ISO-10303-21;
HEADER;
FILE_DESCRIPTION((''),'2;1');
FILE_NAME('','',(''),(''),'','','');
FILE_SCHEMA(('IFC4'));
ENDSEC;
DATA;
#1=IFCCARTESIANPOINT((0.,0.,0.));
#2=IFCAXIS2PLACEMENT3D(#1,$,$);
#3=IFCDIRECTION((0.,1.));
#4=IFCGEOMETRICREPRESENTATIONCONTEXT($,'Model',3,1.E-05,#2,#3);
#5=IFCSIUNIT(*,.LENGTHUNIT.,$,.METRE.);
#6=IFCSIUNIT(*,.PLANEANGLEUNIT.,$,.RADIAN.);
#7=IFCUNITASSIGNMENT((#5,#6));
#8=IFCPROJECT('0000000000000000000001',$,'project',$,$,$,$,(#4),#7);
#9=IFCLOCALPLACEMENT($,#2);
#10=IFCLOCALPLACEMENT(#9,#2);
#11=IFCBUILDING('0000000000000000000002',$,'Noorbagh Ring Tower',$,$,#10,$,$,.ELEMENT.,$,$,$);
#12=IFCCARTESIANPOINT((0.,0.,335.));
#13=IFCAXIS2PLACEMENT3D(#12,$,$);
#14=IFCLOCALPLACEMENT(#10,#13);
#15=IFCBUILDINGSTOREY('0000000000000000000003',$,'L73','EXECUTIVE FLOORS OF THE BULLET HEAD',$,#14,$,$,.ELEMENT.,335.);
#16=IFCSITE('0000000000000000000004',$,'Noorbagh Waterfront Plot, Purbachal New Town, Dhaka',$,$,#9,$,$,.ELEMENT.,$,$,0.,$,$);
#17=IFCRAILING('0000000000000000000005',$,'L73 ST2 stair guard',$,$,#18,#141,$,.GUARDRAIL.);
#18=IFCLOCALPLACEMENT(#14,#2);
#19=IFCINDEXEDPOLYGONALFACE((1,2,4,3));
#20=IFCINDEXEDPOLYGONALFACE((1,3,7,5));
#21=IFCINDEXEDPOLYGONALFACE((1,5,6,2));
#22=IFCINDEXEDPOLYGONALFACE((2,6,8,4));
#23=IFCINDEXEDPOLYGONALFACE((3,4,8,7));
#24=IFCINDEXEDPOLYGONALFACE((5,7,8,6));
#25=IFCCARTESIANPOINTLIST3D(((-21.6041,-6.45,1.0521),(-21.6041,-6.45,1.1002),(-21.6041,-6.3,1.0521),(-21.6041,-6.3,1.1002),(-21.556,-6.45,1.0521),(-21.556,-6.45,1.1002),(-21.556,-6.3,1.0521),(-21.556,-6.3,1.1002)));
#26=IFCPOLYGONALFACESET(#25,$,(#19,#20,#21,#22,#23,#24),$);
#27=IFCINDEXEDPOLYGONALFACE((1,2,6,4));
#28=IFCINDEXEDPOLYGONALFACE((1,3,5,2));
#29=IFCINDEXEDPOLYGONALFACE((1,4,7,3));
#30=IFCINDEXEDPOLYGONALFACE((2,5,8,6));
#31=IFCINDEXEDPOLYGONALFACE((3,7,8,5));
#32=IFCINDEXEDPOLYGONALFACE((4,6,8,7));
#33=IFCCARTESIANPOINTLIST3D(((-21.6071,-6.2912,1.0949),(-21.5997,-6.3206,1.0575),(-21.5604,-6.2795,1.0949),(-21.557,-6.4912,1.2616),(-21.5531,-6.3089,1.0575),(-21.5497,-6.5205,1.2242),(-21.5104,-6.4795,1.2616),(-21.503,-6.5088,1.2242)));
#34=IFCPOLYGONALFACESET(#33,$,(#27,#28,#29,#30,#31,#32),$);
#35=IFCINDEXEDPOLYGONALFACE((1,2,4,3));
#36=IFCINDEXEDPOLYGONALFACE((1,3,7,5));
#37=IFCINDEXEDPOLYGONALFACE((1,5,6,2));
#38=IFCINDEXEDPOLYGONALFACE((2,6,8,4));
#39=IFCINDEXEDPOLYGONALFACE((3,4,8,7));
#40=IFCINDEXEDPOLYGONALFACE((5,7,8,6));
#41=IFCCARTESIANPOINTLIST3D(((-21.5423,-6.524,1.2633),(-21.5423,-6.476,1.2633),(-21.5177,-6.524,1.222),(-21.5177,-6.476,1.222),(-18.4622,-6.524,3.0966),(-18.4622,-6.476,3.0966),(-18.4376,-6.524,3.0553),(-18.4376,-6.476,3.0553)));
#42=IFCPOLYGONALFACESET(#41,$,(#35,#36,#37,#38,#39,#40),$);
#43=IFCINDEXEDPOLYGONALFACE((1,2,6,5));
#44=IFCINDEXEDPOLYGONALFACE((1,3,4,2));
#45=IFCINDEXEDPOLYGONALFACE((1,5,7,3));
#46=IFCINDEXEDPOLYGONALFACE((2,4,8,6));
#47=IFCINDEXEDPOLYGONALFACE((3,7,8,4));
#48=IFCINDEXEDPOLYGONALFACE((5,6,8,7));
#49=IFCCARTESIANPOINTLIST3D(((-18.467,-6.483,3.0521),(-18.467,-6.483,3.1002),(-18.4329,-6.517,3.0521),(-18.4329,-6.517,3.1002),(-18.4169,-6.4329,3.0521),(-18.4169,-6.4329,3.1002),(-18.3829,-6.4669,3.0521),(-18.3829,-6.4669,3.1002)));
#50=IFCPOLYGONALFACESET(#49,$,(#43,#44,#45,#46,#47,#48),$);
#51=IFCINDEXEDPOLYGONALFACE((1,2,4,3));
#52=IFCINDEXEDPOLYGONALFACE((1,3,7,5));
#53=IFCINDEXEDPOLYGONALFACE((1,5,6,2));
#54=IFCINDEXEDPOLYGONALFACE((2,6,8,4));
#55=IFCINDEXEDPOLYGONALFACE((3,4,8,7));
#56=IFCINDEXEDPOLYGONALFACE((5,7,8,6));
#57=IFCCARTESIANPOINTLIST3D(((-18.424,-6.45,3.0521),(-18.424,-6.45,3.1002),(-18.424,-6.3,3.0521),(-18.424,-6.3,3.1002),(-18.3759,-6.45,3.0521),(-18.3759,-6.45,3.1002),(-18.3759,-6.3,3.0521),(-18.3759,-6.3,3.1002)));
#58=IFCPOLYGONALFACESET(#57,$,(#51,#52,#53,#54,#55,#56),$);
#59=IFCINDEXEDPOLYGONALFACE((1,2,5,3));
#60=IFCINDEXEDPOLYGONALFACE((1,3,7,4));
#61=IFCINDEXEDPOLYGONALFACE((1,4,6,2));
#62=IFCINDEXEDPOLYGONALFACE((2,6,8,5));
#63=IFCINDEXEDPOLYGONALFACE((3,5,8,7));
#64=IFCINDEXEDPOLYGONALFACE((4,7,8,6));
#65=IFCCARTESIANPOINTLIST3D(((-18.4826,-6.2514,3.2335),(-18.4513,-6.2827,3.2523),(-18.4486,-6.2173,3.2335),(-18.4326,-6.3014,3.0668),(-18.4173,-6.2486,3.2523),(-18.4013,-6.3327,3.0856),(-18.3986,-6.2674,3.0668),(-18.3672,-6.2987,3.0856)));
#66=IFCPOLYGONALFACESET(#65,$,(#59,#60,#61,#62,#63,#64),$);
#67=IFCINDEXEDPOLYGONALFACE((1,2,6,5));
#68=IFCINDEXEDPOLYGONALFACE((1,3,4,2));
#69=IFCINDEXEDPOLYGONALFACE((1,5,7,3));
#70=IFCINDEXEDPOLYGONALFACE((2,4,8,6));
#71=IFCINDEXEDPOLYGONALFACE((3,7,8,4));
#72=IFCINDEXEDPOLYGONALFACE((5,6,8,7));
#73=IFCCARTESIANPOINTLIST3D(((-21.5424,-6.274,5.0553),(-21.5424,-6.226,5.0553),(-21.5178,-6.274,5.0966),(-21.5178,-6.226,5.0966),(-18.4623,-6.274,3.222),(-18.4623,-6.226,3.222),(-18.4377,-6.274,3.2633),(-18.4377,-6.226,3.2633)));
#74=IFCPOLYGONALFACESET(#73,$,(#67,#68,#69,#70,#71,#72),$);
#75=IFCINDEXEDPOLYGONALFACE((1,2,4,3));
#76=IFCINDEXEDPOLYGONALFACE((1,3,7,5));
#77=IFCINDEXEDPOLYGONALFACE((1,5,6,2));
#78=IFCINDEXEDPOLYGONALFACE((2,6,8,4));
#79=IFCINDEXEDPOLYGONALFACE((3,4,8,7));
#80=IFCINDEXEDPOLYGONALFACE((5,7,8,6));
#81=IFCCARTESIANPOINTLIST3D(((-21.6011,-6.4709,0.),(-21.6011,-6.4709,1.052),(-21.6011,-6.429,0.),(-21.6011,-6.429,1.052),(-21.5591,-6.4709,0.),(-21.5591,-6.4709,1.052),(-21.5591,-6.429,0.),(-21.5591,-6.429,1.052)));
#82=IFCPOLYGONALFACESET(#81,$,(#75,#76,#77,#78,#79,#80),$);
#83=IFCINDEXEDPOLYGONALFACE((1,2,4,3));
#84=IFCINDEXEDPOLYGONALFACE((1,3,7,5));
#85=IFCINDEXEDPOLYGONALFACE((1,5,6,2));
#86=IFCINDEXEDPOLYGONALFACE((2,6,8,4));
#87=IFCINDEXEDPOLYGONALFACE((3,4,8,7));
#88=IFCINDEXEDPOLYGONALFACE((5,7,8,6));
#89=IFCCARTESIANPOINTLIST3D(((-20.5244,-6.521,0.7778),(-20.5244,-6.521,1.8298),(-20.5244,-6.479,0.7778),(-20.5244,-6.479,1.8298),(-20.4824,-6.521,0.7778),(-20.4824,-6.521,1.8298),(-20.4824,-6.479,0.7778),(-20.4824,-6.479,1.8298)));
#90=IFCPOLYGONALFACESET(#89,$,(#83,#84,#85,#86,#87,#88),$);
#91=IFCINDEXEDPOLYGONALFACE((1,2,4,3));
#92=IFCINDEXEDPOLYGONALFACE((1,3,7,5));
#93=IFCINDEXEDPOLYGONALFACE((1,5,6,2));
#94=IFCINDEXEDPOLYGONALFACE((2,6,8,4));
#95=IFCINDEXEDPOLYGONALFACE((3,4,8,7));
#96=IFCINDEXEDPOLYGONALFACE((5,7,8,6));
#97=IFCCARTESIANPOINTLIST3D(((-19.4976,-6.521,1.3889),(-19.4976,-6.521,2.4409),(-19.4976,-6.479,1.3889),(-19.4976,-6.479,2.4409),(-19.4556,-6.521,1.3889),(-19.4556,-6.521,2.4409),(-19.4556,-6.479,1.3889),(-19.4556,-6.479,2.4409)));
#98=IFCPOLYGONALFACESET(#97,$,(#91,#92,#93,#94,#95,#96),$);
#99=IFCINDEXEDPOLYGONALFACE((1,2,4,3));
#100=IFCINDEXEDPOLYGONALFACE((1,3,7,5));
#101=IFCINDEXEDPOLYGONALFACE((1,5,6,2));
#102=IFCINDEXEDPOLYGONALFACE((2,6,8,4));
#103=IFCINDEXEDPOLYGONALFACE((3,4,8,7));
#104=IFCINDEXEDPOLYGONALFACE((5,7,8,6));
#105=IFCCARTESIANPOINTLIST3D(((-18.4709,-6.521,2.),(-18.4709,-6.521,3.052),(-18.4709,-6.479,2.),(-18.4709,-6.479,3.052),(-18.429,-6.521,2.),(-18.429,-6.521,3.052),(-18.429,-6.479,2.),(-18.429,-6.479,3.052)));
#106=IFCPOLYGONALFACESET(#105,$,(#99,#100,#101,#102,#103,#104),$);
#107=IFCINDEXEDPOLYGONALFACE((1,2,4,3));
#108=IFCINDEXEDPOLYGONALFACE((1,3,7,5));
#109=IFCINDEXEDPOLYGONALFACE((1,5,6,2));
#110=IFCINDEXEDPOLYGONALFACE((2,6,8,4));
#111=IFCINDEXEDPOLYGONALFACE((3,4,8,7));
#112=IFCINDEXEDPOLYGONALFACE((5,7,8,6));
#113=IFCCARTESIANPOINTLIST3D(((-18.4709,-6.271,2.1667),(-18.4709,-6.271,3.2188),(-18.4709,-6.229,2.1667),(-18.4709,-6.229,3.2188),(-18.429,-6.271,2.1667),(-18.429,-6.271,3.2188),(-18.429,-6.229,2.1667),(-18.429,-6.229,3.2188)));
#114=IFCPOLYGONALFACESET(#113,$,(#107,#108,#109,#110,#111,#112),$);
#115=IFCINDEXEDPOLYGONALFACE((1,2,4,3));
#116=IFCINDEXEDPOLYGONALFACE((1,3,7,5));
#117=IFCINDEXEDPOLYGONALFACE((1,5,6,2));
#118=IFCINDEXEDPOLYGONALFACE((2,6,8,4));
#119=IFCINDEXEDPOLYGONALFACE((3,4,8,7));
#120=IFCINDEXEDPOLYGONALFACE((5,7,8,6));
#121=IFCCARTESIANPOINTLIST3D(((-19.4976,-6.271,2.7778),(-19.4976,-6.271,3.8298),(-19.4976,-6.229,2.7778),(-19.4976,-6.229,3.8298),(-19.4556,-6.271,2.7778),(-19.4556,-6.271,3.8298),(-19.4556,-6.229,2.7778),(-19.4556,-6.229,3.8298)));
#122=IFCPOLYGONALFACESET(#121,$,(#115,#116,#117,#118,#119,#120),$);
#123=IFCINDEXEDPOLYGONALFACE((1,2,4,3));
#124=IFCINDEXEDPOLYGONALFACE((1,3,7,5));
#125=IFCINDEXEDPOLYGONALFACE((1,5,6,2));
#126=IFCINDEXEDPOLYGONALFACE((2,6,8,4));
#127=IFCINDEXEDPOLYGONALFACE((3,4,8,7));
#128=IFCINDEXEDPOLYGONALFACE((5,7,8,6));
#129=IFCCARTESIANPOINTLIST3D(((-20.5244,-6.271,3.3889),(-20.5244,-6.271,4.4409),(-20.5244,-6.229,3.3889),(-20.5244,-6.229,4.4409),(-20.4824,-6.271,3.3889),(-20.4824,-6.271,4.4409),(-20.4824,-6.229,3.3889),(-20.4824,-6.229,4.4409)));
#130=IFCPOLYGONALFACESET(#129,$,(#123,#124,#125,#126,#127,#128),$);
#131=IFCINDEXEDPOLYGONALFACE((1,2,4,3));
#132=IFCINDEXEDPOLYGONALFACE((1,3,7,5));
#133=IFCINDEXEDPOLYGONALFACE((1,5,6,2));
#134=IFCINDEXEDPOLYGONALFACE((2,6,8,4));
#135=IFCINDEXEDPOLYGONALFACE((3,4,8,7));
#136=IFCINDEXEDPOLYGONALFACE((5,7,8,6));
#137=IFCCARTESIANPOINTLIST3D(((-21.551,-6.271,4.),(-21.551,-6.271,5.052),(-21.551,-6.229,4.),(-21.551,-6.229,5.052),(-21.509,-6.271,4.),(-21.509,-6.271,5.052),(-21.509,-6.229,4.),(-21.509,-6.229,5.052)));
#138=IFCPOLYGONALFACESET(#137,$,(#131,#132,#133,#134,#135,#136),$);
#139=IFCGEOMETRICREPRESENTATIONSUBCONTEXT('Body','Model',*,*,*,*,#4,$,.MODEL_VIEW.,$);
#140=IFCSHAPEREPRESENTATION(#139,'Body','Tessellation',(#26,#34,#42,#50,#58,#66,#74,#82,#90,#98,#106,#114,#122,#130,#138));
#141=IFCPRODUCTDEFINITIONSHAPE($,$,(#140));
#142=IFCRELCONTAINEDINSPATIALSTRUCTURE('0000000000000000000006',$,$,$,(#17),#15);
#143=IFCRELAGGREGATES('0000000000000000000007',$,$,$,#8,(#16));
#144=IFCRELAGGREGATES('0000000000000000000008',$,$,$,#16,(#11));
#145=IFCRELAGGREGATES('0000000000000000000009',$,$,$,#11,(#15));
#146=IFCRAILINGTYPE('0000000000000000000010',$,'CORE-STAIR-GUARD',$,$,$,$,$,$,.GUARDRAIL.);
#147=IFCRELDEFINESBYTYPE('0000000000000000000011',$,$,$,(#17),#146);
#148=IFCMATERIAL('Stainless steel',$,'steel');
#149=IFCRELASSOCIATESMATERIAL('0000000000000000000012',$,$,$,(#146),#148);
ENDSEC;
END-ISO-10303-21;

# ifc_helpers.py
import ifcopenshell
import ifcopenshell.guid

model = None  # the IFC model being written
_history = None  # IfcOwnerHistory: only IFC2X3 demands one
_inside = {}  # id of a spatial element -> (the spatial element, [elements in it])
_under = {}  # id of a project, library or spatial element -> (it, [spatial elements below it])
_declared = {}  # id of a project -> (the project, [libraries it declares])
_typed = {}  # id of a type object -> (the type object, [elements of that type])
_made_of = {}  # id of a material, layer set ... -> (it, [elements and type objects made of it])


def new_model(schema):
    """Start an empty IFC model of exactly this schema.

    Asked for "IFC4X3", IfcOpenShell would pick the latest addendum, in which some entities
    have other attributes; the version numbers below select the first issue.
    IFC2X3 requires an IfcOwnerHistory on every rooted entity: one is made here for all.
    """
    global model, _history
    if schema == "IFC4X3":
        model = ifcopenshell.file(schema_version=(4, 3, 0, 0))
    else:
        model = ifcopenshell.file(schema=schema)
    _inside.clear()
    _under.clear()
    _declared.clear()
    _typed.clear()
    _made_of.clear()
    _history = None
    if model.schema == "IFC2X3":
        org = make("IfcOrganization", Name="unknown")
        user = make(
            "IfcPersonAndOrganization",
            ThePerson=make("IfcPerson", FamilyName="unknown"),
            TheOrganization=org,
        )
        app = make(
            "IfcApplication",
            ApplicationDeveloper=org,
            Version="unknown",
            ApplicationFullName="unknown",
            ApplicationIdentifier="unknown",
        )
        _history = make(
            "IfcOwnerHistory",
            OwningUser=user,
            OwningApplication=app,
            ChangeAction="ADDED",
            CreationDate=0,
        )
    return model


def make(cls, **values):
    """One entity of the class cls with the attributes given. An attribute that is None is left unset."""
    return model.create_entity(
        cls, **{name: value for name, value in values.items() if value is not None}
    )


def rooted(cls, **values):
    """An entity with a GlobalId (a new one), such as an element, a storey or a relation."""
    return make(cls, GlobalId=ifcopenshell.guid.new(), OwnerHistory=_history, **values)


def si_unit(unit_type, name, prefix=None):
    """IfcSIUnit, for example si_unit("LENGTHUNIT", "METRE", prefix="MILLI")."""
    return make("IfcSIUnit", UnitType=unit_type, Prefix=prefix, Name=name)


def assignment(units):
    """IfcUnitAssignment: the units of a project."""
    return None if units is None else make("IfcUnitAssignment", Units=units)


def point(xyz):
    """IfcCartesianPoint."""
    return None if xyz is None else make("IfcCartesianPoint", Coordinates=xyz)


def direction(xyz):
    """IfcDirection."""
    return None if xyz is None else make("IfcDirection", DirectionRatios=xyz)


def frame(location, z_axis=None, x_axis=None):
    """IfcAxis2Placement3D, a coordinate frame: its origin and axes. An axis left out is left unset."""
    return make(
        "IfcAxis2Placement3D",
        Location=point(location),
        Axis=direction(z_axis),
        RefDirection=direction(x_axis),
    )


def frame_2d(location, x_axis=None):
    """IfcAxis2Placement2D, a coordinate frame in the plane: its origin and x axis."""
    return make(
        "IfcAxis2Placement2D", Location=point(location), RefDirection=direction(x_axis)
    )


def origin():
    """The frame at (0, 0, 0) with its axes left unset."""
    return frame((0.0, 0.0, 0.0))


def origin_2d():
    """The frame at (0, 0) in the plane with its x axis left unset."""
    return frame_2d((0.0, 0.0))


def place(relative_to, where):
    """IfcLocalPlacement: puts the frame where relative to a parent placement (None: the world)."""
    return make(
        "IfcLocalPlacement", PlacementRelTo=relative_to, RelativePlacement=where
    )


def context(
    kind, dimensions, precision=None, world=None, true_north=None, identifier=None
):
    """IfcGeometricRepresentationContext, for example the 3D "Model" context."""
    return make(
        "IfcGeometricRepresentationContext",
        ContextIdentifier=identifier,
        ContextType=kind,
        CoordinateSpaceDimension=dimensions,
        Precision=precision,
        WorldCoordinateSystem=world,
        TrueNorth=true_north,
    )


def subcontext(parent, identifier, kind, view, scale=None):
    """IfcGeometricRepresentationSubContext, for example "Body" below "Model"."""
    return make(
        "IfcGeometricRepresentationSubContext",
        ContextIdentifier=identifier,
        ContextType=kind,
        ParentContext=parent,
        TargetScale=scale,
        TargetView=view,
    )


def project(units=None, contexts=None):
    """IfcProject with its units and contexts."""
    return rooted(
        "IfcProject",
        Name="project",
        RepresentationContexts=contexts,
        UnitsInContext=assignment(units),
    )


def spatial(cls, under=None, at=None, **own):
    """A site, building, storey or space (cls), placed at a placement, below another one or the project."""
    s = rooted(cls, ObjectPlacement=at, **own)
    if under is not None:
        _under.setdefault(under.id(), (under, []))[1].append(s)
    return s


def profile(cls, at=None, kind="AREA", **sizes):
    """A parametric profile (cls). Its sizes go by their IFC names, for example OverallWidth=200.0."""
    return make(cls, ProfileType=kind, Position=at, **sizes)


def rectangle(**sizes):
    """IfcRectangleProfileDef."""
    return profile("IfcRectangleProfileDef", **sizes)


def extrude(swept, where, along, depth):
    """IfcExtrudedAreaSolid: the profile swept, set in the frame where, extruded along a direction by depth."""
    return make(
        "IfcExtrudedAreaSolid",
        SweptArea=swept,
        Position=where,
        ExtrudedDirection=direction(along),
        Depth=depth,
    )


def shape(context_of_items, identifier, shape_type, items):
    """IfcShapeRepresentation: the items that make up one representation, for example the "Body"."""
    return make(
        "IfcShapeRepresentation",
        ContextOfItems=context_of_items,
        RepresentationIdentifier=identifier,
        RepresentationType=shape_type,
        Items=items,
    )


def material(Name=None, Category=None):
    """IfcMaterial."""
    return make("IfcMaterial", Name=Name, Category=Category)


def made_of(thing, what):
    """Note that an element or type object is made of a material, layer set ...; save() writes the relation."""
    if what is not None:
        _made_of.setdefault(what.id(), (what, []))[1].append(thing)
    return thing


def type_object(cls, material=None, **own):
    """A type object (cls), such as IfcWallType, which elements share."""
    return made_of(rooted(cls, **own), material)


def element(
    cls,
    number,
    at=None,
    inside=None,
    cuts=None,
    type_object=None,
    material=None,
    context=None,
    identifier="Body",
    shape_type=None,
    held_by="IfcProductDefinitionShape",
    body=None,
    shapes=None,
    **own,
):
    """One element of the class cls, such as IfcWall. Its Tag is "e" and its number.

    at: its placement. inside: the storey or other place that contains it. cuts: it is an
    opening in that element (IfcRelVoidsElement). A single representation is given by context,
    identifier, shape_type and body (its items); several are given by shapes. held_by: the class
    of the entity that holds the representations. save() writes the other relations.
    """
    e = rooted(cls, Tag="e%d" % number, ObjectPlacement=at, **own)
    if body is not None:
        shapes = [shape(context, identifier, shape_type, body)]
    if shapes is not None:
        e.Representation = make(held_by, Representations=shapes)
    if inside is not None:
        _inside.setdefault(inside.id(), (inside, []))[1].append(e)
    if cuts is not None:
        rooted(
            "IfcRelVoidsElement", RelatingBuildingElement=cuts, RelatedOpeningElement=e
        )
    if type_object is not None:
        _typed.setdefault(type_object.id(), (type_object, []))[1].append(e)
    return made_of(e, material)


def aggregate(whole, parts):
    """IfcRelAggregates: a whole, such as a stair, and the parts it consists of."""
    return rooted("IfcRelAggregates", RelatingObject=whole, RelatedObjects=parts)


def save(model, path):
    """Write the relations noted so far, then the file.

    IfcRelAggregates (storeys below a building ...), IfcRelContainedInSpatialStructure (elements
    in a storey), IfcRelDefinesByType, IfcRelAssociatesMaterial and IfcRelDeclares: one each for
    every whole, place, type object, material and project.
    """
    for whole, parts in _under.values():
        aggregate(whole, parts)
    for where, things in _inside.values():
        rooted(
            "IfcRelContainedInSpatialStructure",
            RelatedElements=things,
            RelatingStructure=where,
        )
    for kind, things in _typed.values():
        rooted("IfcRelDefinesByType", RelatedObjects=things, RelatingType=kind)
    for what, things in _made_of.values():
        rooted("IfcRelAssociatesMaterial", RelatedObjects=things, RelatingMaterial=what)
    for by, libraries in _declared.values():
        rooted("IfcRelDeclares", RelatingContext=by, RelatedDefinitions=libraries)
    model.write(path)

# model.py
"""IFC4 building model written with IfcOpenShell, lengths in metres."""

from ifc_helpers import new_model, si_unit, direction, frame, origin, origin_2d, place, context, subcontext, project, spatial, rectangle, extrude, material, type_object, element, save


model = new_model("IFC4")

# Units and contexts
model_context = context("Model", 3, precision=1e-05, world=origin(), true_north=direction((0.0, 1.0)))
body_context = subcontext(model_context, "Body", "Model", "MODEL_VIEW")
ifc_project = project(units=[si_unit("LENGTHUNIT", "METRE"), si_unit("PLANEANGLEUNIT", "RADIAN")], contexts=[model_context])

# Site, building, storey
site_placement = place(None, origin())
site = spatial("IfcSite", under=ifc_project, at=site_placement, Name="Noorbagh Waterfront Plot, Purbachal New Town, Dhaka", CompositionType="ELEMENT", RefElevation=0.0)
building_placement = place(site_placement, origin())
building = spatial("IfcBuilding", under=site, at=building_placement, Name="Noorbagh Ring Tower", CompositionType="ELEMENT")
storey_placement = place(building_placement, frame((0.0, 0.0, 335.0)))
storey = spatial("IfcBuildingStorey", under=building, at=storey_placement, Name="L73", Description="EXECUTIVE FLOORS OF THE BULLET HEAD", CompositionType="ELEMENT", Elevation=335.0)

# Railing
ifc_material_1 = material(Name="Stainless steel", Category="steel")
railing_type_1 = type_object("IfcRailingType", Name="CORE-STAIR-GUARD", PredefinedType="GUARDRAIL", material=ifc_material_1)
railing_1_placement = place(storey_placement, frame((-21.5801, -6.45, 0.0)))
element("IfcRailing", 1, at=railing_1_placement, inside=storey, type_object=railing_type_1, Name="L73 ST2 stair guard", PredefinedType="GUARDRAIL", context=body_context, shape_type="SweptSolid", body=[
    extrude(rectangle(XDim=0.0481, YDim=0.0481, at=origin_2d()), frame((0.0, 0.0, 1.0762), z_axis=(0.0, 1.0, 0.0), x_axis=(-1.0, 0.0, 0.0)), (0.0, 0.0, 1.0), 0.1499),
    extrude(rectangle(XDim=0.0481, YDim=0.0481, at=origin_2d()), frame((0.0, 0.1499, 1.0762), z_axis=(0.188776, -0.754182, 0.628946), x_axis=(0.970073, 0.242814, 0.0)), (0.0, 0.0, 1.0), 0.2651),
    extrude(rectangle(XDim=0.0481, YDim=0.0481, at=origin_2d()), frame((0.05, -0.05, 1.2427), z_axis=(0.859309, 0.0, 0.511458), x_axis=(0.0, 1.0, 0.0)), (0.0, 0.0, 1.0), 3.5845),
    extrude(rectangle(XDim=0.0481, YDim=0.0481, at=origin_2d()), frame((3.1301, -0.05, 3.0762), z_axis=(0.707107, 0.707107, 0.0), x_axis=(-0.707107, 0.707107, 0.0)), (0.0, 0.0, 1.0), 0.0708),
    extrude(rectangle(XDim=0.0481, YDim=0.0481, at=origin_2d()), frame((3.1802, 0.0, 3.0762), z_axis=(0.0, 1.0, 0.0), x_axis=(-1.0, 0.0, 0.0)), (0.0, 0.0, 1.0), 0.1499),
    extrude(rectangle(XDim=0.0481, YDim=0.0481, at=origin_2d()), frame((3.1802, 0.1499, 3.0762), z_axis=(-0.276287, 0.276287, 0.920506), x_axis=(-0.707107, -0.707107, 0.0)), (0.0, 0.0, 1.0), 0.1812),
    extrude(rectangle(XDim=0.0481, YDim=0.0481, at=origin_2d()), frame((3.1301, 0.2, 3.2427), z_axis=(-0.859309, 0.0, 0.511458), x_axis=(0.0, -1.0, 0.0)), (0.0, 0.0, 1.0), 3.5845),
    extrude(rectangle(XDim=0.042, YDim=0.042, at=origin_2d()), origin(), (0.0, 0.0, 1.0), 1.052),
    extrude(rectangle(XDim=0.042, YDim=0.042, at=origin_2d()), frame((1.0767, -0.05, 0.7778)), (0.0, 0.0, 1.0), 1.052),
    extrude(rectangle(XDim=0.042, YDim=0.042, at=origin_2d()), frame((2.1035, -0.05, 1.3889)), (0.0, 0.0, 1.0), 1.052),
    extrude(rectangle(XDim=0.042, YDim=0.042, at=origin_2d()), frame((3.1301, -0.05, 2.0)), (0.0, 0.0, 1.0), 1.052),
    extrude(rectangle(XDim=0.042, YDim=0.042, at=origin_2d()), frame((3.1301, 0.2, 2.1667)), (0.0, 0.0, 1.0), 1.052),
    extrude(rectangle(XDim=0.042, YDim=0.042, at=origin_2d()), frame((2.1035, 0.2, 2.7778)), (0.0, 0.0, 1.0), 1.052),
    extrude(rectangle(XDim=0.042, YDim=0.042, at=origin_2d()), frame((1.0767, 0.2, 3.3889)), (0.0, 0.0, 1.0), 1.052),
    extrude(rectangle(XDim=0.042, YDim=0.042, at=origin_2d()), frame((0.05, 0.2, 4.0)), (0.0, 0.0, 1.0), 1.052),
])

save(model, "model.ifc")
